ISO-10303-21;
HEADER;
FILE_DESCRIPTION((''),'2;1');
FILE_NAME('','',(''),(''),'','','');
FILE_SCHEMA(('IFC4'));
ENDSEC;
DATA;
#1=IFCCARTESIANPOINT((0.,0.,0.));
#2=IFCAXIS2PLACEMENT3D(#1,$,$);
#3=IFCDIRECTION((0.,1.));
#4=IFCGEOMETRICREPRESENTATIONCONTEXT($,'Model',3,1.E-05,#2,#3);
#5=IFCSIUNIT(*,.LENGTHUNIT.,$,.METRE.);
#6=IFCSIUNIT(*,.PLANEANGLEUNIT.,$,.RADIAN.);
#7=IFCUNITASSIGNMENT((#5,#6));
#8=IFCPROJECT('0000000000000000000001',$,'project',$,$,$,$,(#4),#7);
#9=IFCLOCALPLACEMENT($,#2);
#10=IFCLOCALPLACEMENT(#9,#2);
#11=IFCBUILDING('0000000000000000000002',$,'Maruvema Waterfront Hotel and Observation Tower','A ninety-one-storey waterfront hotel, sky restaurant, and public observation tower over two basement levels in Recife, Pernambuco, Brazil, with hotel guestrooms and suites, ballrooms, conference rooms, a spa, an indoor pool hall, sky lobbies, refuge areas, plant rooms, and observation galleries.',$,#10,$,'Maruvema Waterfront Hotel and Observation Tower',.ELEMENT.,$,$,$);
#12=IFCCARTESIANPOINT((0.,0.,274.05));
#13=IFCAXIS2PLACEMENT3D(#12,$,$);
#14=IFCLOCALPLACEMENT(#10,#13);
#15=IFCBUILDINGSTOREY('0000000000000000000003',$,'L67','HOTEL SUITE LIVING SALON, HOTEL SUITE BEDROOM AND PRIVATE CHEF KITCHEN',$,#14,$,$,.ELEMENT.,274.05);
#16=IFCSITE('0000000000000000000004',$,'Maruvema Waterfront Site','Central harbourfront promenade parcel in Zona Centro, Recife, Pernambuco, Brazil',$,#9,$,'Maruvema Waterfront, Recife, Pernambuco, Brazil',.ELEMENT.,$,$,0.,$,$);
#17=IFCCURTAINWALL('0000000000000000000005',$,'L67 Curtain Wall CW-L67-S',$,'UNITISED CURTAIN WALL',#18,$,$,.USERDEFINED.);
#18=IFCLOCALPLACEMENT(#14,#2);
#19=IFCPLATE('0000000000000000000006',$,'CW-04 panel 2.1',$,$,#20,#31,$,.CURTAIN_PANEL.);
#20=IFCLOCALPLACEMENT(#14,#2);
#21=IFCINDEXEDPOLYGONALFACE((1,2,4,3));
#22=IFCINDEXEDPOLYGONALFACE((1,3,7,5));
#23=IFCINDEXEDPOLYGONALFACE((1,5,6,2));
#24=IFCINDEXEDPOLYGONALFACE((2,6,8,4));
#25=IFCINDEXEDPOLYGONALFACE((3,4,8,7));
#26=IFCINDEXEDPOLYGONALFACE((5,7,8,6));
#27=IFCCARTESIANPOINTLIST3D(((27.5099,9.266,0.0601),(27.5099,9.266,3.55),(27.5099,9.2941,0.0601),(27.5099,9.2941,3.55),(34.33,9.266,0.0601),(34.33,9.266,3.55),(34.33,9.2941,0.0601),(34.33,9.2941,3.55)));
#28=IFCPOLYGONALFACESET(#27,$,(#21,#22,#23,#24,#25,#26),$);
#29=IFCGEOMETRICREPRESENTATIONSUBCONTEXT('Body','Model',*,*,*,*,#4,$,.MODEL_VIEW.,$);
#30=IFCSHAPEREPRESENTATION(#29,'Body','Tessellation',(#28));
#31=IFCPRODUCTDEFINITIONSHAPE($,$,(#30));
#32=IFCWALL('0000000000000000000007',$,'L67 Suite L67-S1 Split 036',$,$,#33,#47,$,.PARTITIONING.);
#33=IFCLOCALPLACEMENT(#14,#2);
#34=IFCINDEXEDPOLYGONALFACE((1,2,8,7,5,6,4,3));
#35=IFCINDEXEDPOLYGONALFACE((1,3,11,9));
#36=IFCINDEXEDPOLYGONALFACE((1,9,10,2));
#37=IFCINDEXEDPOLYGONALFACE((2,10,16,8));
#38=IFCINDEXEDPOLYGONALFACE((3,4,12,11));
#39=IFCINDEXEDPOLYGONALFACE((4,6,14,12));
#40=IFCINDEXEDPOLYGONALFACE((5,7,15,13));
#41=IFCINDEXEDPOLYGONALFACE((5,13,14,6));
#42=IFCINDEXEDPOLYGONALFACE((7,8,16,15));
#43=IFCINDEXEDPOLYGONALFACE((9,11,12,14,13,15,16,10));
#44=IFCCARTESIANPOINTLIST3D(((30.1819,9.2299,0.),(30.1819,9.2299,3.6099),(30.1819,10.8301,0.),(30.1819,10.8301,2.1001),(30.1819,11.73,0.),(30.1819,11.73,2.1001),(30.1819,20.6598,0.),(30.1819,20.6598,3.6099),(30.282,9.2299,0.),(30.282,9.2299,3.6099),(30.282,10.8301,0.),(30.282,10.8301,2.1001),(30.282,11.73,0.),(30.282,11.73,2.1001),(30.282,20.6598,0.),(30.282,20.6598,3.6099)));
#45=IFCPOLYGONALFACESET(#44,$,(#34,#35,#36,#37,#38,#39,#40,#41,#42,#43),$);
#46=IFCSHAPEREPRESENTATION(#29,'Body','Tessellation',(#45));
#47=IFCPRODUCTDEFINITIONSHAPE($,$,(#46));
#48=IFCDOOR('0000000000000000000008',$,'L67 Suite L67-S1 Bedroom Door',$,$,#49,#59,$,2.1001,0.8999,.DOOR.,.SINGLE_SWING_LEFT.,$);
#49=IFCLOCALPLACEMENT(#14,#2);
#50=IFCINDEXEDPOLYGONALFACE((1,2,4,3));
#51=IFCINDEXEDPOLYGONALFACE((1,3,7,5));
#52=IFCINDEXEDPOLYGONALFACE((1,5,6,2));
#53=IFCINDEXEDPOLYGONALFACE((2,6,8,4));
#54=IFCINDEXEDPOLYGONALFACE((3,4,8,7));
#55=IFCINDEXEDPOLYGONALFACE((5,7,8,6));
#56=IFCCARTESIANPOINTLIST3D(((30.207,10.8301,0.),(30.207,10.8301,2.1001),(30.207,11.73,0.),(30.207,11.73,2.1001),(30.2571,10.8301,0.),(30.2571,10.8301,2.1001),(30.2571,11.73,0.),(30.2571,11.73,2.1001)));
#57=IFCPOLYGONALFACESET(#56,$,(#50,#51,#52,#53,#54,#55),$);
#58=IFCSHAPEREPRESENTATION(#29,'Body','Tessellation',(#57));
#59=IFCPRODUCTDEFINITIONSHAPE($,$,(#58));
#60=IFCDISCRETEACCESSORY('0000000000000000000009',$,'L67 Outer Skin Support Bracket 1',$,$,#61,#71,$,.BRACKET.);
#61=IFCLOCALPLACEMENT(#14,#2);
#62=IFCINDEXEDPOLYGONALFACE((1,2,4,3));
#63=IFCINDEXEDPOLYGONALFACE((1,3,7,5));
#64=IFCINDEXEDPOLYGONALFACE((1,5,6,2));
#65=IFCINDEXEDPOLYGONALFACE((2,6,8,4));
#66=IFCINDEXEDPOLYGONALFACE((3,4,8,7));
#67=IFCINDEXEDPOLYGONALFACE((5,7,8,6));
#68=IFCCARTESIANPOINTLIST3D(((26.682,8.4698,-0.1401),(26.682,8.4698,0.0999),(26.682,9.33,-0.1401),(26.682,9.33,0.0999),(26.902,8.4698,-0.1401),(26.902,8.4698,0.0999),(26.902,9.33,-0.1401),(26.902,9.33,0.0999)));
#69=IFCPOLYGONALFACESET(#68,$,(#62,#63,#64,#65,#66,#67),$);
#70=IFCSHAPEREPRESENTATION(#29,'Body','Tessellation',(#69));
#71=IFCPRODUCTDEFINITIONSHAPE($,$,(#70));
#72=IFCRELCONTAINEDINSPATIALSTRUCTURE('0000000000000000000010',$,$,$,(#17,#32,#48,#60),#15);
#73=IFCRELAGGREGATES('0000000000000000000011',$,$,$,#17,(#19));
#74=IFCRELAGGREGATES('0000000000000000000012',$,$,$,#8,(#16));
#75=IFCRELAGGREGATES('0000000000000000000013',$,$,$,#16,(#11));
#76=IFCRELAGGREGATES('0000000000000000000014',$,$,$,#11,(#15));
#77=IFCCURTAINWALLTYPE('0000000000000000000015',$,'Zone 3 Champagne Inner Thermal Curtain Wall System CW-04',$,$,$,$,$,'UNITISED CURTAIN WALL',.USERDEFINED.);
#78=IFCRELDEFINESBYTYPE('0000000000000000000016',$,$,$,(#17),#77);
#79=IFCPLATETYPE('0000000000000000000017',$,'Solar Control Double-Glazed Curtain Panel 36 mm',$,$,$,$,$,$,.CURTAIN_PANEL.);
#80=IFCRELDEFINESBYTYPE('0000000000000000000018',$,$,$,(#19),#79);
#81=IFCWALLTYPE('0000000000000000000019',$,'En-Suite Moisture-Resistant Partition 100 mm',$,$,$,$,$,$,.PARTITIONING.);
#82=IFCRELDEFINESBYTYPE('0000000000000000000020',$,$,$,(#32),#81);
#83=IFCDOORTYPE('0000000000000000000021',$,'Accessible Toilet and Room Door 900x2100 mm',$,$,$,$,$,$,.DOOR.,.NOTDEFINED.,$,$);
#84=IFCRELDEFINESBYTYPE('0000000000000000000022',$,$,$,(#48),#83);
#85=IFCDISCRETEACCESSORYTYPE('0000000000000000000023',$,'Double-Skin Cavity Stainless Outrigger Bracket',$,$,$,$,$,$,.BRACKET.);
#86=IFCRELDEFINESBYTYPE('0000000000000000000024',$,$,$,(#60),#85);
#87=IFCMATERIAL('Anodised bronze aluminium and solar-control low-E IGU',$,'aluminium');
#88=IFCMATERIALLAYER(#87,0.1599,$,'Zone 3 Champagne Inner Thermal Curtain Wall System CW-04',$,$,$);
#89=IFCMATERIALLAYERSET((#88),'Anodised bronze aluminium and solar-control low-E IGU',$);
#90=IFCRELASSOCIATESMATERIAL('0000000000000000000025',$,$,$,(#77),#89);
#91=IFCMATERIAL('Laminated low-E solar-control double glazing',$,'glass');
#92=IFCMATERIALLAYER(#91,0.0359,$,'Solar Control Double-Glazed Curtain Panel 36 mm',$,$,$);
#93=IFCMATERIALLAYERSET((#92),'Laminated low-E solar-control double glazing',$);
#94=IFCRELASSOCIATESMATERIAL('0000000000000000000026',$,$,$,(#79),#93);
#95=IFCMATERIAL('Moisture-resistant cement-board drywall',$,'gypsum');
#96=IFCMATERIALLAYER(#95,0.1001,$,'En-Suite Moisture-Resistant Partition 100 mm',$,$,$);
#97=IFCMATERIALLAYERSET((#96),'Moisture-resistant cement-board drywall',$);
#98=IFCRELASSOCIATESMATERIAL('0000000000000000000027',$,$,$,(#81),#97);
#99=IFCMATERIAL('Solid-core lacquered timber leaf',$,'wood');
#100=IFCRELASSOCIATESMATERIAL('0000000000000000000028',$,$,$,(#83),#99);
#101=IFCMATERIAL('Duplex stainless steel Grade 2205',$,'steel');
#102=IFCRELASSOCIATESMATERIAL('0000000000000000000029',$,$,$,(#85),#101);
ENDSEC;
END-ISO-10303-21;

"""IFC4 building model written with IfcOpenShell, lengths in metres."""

from ifc_helpers import new_model, si_unit, direction, frame, frame_2d, origin, origin_2d, place, context, subcontext, project, spatial, rectangle, extrude, material, layer, layer_set, type_object, element, fill, aggregate, save


model = new_model("IFC4")

# Units and contexts
model_context = context("Model", 3, precision=1e-05, world=origin(), true_north=direction((0.0, 1.0)))
body_context = subcontext(model_context, "Body", "Model", "MODEL_VIEW")
ifc_project = project(units=[si_unit("LENGTHUNIT", "METRE"), si_unit("PLANEANGLEUNIT", "RADIAN")], contexts=[model_context])

# Site, building, storey
site_placement = place(None, origin())
site = spatial("IfcSite", under=ifc_project, at=site_placement, Name="Maruvema Waterfront Site", Description="Central harbourfront promenade parcel in Zona Centro, Recife, Pernambuco, Brazil", LongName="Maruvema Waterfront, Recife, Pernambuco, Brazil", CompositionType="ELEMENT", RefElevation=0.0)
building_placement = place(site_placement, origin())
building = spatial("IfcBuilding", under=site, at=building_placement, Name="Maruvema Waterfront Hotel and Observation Tower", Description="A ninety-one-storey waterfront hotel, sky restaurant, and public observation tower over two basement levels in Recife, Pernambuco, Brazil, with hotel guestrooms and suites, ballrooms, conference rooms, a spa, an indoor pool hall, sky lobbies, refuge areas, plant rooms, and observation galleries.", LongName="Maruvema Waterfront Hotel and Observation Tower", CompositionType="ELEMENT")
storey_placement = place(building_placement, frame((0.0, 0.0, 274.05)))
storey = spatial("IfcBuildingStorey", under=building, at=storey_placement, Name="L67", Description="HOTEL SUITE LIVING SALON, HOTEL SUITE BEDROOM AND PRIVATE CHEF KITCHEN", CompositionType="ELEMENT", Elevation=274.05)

# Curtain wall
ifc_material_1 = material(Name="Anodised bronze aluminium and solar-control low-E IGU", Category="aluminium")
ifc_layer_1 = layer(ifc_material_1, 0.1599, Name="Zone 3 Champagne Inner Thermal Curtain Wall System CW-04")
ifc_layer_set_1 = layer_set([ifc_layer_1], Name="Anodised bronze aluminium and solar-control low-E IGU")
curtain_wall_type = type_object("IfcCurtainWallType", Name="Zone 3 Champagne Inner Thermal Curtain Wall System CW-04", ElementType="UNITISED CURTAIN WALL", PredefinedType="USERDEFINED", material=ifc_layer_set_1)
curtain_wall_placement = place(storey_placement, origin())
curtain_wall = element("IfcCurtainWall", 1, at=curtain_wall_placement, inside=storey, type_object=curtain_wall_type, Name="L67 Curtain Wall CW-L67-S", ObjectType="UNITISED CURTAIN WALL", PredefinedType="USERDEFINED")

# Plate
ifc_material_2 = material(Name="Laminated low-E solar-control double glazing", Category="glass")
ifc_layer_2 = layer(ifc_material_2, 0.0359, Name="Solar Control Double-Glazed Curtain Panel 36 mm")
ifc_layer_set_2 = layer_set([ifc_layer_2], Name="Laminated low-E solar-control double glazing")
plate_type = type_object("IfcPlateType", Name="Solar Control Double-Glazed Curtain Panel 36 mm", PredefinedType="CURTAIN_PANEL", material=ifc_layer_set_2)
plate_placement = place(storey_placement, frame((30.9199, 9.28, 0.0601), z_axis=(0.0, 0.0, 1.0), x_axis=(1.0, 0.0, 0.0)))
plate = element("IfcPlate", 2, at=plate_placement, type_object=plate_type, Name="CW-04 panel 2.1", PredefinedType="CURTAIN_PANEL", context=body_context, shape_type="SweptSolid", body=[
    extrude(rectangle(XDim=6.8201, YDim=0.0281, at=origin_2d()), origin(), (0.0, 0.0, 1.0), 3.49),
])
aggregate(curtain_wall, [plate])

# Wall, opening, door
ifc_material_3 = material(Name="Moisture-resistant cement-board drywall", Category="gypsum")
ifc_layer_3 = layer(ifc_material_3, 0.1001, Name="En-Suite Moisture-Resistant Partition 100 mm")
ifc_layer_set_3 = layer_set([ifc_layer_3], Name="Moisture-resistant cement-board drywall")
wall_type = type_object("IfcWallType", Name="En-Suite Moisture-Resistant Partition 100 mm", PredefinedType="PARTITIONING", material=ifc_layer_set_3)
wall_placement = place(storey_placement, frame((30.2319, 9.23, 0.0), z_axis=(0.0, 0.0, 1.0), x_axis=(0.0, 1.0, 0.0)))
wall = element("IfcWall", 3, at=wall_placement, inside=storey, type_object=wall_type, Name="L67 Suite L67-S1 Split 036", PredefinedType="PARTITIONING", context=body_context, shape_type="SweptSolid", body=[
    extrude(rectangle(XDim=11.4299, YDim=0.1001, at=frame_2d((5.7148, 0.0))), origin(), (0.0, 0.0, 1.0), 3.6099),
])
opening_placement = place(wall_placement, frame((1.6001, 0.0, 0.0)))
opening = element("IfcOpeningElement", 4, at=opening_placement, cuts=wall, PredefinedType="OPENING", context=body_context, shape_type="SweptSolid", body=[
    extrude(rectangle(XDim=0.8999, YDim=2.1001, at=frame_2d((0.45, 1.05))), frame((0.0, 0.0601, 0.0), z_axis=(0.0, -1.0, 0.0), x_axis=(1.0, 0.0, 0.0)), (0.0, 0.0, 1.0), 0.1201),
])
ifc_material_4 = material(Name="Solid-core lacquered timber leaf", Category="wood")
door_type = type_object("IfcDoorType", Name="Accessible Toilet and Room Door 900x2100 mm", OperationType="NOTDEFINED", PredefinedType="DOOR", material=ifc_material_4)
door_placement = place(opening_placement, origin())
door = element("IfcDoor", 5, at=door_placement, inside=storey, type_object=door_type, Name="L67 Suite L67-S1 Bedroom Door", OperationType="SINGLE_SWING_LEFT", OverallHeight=2.1001, OverallWidth=0.8999, PredefinedType="DOOR", context=body_context, shape_type="SweptSolid", body=[
    extrude(rectangle(XDim=0.8999, YDim=2.1001, at=frame_2d((0.45, 1.05))), frame((0.0, 0.0249, 0.0), z_axis=(0.0, -1.0, 0.0), x_axis=(1.0, 0.0, 0.0)), (0.0, 0.0, 1.0), 0.05),
])
fill(opening, door)

# Discrete accessory
ifc_material_5 = material(Name="Duplex stainless steel Grade 2205", Category="steel")
discrete_accessory_type = type_object("IfcDiscreteAccessoryType", Name="Double-Skin Cavity Stainless Outrigger Bracket", PredefinedType="BRACKET", material=ifc_material_5)
discrete_accessory_placement = place(storey_placement, frame((26.792, 8.8999, -0.1401), z_axis=(0.0, 0.0, 1.0), x_axis=(1.0, 0.0, 0.0)))
element("IfcDiscreteAccessory", 6, at=discrete_accessory_placement, inside=storey, type_object=discrete_accessory_type, Name="L67 Outer Skin Support Bracket 1", PredefinedType="BRACKET", context=body_context, shape_type="SweptSolid", body=[
    extrude(rectangle(XDim=0.22, YDim=0.8601, at=origin_2d()), origin(), (0.0, 0.0, 1.0), 0.24),
])

save(model, "model.ifc")
